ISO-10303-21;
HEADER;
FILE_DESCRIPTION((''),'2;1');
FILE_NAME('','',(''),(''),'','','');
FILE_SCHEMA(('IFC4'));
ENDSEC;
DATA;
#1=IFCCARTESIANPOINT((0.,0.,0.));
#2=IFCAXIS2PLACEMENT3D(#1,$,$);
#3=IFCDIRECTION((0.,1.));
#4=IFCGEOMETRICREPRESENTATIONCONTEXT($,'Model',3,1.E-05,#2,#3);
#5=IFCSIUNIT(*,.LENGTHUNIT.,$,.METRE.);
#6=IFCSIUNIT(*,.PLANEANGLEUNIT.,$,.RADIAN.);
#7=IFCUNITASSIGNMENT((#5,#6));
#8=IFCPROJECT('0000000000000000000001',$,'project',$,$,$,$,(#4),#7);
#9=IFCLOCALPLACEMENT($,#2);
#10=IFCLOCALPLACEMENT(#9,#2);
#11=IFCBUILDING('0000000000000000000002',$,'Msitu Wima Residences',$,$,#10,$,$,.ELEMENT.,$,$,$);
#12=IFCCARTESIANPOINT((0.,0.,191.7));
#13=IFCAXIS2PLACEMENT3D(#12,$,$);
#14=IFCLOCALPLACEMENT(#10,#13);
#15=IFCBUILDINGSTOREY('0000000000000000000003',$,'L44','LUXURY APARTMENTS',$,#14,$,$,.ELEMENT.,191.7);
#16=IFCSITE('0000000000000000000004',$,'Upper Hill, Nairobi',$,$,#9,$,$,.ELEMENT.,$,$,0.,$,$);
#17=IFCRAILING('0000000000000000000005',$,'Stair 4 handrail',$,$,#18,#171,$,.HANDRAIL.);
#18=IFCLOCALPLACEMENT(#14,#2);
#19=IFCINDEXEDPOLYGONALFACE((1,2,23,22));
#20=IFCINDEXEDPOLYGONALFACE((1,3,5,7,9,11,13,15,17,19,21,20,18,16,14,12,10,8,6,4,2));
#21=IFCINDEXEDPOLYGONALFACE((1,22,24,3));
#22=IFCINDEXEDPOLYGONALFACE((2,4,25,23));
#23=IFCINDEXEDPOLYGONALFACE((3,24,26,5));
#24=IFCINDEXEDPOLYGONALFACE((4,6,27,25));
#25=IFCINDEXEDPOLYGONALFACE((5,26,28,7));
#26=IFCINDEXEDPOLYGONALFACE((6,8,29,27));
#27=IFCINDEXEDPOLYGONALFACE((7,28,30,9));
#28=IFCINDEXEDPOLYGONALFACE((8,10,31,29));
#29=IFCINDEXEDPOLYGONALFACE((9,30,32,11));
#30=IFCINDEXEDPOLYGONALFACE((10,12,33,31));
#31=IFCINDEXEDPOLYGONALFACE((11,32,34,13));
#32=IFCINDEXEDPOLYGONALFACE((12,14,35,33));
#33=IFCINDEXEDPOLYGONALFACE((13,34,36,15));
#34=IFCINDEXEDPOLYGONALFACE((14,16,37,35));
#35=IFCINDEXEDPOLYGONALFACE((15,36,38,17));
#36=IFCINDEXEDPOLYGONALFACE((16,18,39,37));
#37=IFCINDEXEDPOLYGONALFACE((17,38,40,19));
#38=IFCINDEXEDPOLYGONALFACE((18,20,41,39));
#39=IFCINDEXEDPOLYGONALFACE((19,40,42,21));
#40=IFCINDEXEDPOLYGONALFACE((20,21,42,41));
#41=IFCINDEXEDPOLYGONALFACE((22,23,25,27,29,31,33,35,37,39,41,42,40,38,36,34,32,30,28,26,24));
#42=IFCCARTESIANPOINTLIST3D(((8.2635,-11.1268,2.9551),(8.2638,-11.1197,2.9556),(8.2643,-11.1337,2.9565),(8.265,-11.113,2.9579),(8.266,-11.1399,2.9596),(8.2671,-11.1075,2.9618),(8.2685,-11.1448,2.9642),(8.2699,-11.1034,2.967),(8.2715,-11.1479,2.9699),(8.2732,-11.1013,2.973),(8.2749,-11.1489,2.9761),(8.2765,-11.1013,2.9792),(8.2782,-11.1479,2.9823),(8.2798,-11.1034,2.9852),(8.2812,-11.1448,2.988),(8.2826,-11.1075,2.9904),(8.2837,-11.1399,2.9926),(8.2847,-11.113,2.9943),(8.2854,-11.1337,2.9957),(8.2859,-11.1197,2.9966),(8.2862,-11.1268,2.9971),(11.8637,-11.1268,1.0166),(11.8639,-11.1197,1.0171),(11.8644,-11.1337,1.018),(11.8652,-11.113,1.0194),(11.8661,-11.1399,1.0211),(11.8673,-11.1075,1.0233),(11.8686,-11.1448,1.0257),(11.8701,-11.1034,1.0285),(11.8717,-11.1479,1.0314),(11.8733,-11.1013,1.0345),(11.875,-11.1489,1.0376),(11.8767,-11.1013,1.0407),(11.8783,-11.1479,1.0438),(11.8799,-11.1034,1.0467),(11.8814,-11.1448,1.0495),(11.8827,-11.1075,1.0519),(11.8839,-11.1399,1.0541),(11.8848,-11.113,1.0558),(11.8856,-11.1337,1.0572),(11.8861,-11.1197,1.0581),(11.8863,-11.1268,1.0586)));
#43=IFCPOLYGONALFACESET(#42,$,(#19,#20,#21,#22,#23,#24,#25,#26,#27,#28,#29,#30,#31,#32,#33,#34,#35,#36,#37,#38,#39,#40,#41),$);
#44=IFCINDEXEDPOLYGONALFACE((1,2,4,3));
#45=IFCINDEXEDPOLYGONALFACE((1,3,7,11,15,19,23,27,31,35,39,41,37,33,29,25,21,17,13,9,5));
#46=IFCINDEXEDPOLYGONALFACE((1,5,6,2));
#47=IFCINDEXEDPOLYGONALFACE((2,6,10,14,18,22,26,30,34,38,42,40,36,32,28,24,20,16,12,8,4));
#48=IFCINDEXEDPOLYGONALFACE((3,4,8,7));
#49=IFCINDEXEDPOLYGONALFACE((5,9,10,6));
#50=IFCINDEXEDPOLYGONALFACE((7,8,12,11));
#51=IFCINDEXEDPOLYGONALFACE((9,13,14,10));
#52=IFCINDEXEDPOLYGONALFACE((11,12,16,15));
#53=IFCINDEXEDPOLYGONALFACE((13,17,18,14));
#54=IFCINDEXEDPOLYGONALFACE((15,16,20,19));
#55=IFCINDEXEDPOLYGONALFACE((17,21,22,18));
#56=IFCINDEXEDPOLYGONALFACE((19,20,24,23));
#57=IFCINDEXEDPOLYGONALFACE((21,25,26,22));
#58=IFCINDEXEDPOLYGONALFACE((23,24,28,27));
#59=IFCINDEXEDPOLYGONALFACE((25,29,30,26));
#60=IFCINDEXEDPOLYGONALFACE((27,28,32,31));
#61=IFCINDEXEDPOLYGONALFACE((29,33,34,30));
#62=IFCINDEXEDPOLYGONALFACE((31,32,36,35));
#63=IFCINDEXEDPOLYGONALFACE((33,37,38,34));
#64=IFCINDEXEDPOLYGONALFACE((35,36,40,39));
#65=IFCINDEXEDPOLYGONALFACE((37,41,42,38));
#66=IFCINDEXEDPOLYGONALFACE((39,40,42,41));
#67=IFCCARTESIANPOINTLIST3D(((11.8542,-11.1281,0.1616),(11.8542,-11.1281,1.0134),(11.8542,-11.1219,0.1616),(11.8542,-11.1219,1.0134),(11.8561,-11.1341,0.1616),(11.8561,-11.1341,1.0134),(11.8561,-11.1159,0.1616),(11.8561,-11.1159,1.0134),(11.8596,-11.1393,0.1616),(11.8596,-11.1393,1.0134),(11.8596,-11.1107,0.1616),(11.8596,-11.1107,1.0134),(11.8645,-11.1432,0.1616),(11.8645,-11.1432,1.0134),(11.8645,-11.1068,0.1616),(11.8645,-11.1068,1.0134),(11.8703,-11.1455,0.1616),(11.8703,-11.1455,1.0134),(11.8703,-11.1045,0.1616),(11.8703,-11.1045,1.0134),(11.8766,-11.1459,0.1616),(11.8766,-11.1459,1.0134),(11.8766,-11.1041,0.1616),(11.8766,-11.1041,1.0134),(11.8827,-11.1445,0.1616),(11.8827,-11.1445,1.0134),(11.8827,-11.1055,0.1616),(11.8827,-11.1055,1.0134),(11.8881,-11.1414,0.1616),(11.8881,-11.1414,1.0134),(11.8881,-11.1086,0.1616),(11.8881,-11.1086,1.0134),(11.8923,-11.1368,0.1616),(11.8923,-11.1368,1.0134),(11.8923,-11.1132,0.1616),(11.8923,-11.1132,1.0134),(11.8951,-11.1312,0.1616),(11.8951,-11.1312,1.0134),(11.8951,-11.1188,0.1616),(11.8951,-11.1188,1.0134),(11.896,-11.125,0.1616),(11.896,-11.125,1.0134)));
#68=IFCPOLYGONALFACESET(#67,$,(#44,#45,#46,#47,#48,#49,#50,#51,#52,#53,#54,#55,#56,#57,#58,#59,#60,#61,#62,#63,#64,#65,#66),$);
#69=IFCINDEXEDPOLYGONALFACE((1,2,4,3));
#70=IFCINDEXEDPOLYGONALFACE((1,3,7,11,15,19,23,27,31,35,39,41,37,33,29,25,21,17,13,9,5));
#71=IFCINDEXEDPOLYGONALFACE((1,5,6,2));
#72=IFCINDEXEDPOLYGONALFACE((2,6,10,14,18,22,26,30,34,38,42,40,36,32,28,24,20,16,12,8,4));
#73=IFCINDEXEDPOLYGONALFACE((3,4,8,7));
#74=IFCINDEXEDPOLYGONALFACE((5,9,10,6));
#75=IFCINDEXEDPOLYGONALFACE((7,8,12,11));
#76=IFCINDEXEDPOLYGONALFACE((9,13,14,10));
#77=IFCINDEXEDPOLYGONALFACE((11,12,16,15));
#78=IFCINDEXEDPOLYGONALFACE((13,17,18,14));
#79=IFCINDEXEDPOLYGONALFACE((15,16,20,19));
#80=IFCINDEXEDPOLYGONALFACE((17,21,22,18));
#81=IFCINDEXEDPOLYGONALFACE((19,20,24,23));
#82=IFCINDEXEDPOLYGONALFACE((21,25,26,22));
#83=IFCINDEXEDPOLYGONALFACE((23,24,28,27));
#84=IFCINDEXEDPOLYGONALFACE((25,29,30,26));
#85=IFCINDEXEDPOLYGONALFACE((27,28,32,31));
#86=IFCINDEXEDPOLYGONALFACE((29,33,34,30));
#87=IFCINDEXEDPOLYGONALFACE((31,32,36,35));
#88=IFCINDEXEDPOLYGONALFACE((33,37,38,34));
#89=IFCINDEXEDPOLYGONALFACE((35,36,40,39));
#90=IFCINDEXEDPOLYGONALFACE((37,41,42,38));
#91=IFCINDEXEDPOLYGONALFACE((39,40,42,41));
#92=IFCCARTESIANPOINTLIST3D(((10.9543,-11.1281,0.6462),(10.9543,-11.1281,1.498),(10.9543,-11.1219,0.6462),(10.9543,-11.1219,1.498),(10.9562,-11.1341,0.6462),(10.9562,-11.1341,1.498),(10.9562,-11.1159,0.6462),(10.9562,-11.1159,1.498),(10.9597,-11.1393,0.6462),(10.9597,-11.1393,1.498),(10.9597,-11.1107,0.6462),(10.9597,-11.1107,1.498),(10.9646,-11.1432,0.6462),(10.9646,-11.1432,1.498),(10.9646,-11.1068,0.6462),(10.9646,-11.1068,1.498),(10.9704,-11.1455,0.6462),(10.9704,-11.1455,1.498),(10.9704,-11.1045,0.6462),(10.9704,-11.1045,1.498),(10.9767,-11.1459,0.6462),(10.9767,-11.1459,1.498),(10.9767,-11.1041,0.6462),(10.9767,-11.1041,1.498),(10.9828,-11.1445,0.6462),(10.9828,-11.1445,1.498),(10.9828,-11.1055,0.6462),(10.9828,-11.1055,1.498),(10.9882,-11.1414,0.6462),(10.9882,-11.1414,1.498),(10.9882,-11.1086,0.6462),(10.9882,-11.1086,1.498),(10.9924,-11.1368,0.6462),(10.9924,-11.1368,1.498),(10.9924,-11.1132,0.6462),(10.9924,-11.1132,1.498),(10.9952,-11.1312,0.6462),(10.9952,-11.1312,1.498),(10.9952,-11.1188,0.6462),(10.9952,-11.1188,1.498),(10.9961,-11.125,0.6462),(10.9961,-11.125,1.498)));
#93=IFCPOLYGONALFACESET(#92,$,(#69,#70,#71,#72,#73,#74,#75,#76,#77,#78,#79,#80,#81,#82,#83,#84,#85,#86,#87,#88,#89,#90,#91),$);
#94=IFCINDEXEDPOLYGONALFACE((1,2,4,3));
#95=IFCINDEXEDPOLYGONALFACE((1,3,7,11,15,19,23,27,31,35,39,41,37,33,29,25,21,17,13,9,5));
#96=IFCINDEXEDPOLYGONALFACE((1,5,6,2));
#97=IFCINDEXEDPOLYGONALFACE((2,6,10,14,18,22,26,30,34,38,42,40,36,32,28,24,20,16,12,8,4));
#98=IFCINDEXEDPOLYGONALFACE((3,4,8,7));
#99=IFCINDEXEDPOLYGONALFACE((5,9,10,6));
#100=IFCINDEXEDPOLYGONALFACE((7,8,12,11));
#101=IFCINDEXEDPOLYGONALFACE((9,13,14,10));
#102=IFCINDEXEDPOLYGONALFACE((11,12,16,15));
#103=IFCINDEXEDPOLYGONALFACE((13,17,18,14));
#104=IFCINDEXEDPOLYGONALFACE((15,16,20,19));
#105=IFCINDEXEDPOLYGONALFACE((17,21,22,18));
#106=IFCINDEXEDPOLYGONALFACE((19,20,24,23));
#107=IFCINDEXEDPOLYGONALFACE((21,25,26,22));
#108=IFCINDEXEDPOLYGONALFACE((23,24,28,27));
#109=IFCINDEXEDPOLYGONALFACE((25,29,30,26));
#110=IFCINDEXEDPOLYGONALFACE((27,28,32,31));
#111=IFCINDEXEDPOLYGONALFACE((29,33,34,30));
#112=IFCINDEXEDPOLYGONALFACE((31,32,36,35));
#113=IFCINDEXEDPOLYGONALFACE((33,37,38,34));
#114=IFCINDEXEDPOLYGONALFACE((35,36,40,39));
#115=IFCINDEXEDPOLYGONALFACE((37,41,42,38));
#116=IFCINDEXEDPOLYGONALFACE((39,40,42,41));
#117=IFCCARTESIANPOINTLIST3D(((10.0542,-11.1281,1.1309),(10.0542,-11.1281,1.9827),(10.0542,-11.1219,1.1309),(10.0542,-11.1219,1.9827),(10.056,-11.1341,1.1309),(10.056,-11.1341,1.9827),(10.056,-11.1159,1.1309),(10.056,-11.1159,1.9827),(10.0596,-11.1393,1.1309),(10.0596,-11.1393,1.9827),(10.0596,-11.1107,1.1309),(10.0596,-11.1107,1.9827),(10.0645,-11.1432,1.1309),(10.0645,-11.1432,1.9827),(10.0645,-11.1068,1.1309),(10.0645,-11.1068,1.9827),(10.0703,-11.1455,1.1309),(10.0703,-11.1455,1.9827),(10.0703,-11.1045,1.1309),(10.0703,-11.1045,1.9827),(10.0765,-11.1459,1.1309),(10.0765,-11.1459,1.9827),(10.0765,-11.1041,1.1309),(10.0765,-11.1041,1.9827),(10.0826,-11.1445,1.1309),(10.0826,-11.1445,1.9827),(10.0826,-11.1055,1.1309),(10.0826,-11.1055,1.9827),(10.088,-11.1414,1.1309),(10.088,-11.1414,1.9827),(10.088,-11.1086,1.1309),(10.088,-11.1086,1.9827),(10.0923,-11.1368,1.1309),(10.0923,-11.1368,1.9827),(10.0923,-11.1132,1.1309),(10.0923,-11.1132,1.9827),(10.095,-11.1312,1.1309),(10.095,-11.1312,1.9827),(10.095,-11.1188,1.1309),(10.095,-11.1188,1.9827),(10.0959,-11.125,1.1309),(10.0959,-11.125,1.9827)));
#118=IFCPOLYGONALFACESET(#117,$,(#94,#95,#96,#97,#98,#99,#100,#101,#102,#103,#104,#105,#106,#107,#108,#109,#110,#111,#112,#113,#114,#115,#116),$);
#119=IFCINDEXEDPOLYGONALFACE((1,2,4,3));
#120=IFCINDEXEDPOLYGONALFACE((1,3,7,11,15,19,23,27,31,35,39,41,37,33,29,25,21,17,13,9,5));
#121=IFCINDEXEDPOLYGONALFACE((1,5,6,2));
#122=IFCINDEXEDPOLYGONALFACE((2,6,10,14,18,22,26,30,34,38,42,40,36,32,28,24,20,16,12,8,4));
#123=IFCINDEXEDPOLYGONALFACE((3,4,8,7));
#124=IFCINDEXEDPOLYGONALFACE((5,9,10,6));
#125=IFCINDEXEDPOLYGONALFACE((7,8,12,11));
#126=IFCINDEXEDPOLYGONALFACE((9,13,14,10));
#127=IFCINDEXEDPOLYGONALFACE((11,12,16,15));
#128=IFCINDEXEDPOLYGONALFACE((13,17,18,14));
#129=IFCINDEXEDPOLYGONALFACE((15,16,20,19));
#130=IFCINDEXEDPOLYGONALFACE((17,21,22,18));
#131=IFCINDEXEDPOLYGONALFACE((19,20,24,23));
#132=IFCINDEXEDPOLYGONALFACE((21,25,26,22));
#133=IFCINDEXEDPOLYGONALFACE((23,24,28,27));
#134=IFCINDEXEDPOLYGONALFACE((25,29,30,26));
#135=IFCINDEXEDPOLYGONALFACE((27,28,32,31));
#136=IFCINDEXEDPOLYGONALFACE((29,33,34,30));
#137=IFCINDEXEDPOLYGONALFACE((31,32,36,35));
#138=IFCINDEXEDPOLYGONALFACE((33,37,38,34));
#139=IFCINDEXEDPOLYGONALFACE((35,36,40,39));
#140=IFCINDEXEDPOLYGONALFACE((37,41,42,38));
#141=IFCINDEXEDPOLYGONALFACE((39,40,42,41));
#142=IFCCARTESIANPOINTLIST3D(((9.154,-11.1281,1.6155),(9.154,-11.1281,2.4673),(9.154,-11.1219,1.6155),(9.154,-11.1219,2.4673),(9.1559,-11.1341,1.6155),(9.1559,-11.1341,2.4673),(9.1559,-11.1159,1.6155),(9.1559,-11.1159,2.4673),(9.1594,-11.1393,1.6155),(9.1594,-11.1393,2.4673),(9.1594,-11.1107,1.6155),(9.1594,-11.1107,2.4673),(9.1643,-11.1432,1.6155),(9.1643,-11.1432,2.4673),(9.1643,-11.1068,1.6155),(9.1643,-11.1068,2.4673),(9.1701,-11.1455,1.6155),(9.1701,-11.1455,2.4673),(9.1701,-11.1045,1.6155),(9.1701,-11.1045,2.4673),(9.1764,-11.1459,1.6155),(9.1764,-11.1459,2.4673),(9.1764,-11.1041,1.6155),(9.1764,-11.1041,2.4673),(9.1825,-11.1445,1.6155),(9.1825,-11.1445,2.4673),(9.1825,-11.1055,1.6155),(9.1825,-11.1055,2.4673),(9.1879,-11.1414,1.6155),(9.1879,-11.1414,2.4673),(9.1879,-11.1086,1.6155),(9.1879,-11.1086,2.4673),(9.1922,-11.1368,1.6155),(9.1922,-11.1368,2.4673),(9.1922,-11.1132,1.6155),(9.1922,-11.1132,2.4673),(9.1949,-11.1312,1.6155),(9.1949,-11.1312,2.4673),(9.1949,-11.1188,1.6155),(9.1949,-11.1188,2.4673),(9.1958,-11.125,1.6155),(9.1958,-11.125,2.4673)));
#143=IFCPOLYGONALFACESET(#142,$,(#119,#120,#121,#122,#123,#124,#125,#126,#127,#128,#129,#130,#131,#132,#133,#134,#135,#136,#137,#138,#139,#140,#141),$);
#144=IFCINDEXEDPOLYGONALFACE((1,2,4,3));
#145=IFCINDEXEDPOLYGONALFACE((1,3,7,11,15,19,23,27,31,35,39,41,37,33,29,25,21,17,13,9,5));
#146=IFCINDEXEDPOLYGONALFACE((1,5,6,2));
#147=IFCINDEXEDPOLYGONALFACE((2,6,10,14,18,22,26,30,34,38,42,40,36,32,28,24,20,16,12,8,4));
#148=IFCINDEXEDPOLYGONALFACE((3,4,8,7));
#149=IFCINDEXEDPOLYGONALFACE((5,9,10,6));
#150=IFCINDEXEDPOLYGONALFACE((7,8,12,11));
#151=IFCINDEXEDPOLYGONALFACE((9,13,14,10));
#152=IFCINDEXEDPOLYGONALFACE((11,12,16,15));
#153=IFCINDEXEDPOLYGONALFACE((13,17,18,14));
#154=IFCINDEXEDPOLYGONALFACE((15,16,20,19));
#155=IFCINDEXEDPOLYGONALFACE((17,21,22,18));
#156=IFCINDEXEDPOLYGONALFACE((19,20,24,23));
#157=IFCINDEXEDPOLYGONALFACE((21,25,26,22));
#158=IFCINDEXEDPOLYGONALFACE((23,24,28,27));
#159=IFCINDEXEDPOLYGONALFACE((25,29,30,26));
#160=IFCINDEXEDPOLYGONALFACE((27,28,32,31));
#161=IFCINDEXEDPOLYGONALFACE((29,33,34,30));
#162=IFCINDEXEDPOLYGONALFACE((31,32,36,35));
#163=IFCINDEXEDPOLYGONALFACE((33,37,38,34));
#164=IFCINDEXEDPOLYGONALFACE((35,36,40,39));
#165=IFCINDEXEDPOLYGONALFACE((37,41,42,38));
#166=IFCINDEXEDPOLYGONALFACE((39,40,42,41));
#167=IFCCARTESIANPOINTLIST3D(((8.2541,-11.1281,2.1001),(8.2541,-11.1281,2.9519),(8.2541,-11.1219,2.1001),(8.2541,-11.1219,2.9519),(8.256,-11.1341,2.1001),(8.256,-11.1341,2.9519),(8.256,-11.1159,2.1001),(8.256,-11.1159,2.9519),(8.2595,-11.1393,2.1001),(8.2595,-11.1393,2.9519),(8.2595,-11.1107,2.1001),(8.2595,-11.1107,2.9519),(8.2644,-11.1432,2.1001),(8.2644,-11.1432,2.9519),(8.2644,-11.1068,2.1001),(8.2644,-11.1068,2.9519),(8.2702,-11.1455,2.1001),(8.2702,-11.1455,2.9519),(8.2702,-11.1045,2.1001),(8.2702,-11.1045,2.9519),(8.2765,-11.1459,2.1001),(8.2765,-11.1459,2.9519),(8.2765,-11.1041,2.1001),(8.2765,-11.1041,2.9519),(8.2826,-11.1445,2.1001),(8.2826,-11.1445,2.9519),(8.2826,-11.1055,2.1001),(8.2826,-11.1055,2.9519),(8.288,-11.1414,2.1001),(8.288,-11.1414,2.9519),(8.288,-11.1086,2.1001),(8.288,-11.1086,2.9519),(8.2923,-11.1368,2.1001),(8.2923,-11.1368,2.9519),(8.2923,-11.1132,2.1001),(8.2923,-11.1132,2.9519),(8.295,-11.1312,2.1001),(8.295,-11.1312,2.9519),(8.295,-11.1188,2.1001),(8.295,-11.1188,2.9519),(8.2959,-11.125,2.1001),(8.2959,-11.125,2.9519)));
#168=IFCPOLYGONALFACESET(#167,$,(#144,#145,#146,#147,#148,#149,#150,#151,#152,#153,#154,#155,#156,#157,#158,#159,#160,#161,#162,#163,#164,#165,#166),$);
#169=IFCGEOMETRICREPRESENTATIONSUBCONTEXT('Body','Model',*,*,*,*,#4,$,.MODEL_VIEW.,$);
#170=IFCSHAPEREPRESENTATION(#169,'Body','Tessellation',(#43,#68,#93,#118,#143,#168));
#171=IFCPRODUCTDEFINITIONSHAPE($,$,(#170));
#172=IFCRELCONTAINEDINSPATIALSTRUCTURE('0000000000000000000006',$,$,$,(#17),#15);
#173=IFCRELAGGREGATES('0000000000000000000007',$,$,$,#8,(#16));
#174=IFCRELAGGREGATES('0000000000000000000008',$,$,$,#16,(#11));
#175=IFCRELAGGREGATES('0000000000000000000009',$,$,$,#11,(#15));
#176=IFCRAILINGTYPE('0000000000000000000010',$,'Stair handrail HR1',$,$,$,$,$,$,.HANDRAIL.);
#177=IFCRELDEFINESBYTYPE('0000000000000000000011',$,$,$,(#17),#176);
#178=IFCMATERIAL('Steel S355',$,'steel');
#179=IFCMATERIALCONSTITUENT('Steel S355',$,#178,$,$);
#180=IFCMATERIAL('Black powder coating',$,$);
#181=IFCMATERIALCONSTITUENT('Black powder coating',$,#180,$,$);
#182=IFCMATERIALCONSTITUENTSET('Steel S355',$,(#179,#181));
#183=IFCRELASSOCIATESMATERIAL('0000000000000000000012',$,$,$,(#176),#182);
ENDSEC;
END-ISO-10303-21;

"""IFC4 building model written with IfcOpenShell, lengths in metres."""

from ifc_helpers import new_model, si_unit, direction, frame, origin, origin_2d, place, context, subcontext, project, spatial, circle, extrude, material, constituent, constituent_set, type_object, element, save


model = new_model("IFC4")

# Units and contexts
model_context = context("Model", 3, precision=1e-05, world=origin(), true_north=direction((0.0, 1.0)))
body_context = subcontext(model_context, "Body", "Model", "MODEL_VIEW")
ifc_project = project(units=[si_unit("LENGTHUNIT", "METRE"), si_unit("PLANEANGLEUNIT", "RADIAN")], contexts=[model_context])

# Site, building, storey
site_placement = place(None, origin())
site = spatial("IfcSite", under=ifc_project, at=site_placement, Name="Upper Hill, Nairobi", CompositionType="ELEMENT", RefElevation=0.0)
building_placement = place(site_placement, origin())
building = spatial("IfcBuilding", under=site, at=building_placement, Name="Msitu Wima Residences", CompositionType="ELEMENT")
storey_placement = place(building_placement, frame((0.0, 0.0, 191.7)))
storey = spatial("IfcBuildingStorey", under=building, at=storey_placement, Name="L44", Description="LUXURY APARTMENTS", CompositionType="ELEMENT", Elevation=191.7)

# Railing
ifc_material_1 = material(Name="Steel S355", Category="steel")
ifc_constituent_1 = constituent(ifc_material_1, Name="Steel S355")
ifc_material_2 = material(Name="Black powder coating")
ifc_constituent_2 = constituent(ifc_material_2, Name="Black powder coating")
ifc_constituent_set = constituent_set(constituents=[ifc_constituent_1, ifc_constituent_2], Name="Steel S355")
railing_type = type_object("IfcRailingType", Name="Stair handrail HR1", PredefinedType="HANDRAIL", material=ifc_constituent_set)
for number, where, name in (
    (1, (11.875, -11.125, 0.1616), "Stair 4 handrail"),
):
    element("IfcRailing", number, at=place(storey_placement, frame(where)), inside=storey, type_object=railing_type, Name=name, PredefinedType="HANDRAIL", context=body_context, shape_type="SweptSolid", body=[
        extrude(circle(Radius=0.0239, at=origin_2d()), frame((0.0, 0.0, 0.876), z_axis=(-0.880475, 0.0, 0.474093), x_axis=(0.0, -1.0, 0.0)), (0.0, 0.0, 1.0), 4.0889),
        extrude(circle(Radius=0.021, at=origin_2d()), origin(), (0.0, 0.0, 1.0), 0.8518),
        extrude(circle(Radius=0.021, at=origin_2d()), frame((-0.8999, 0.0, 0.4846)), (0.0, 0.0, 1.0), 0.8518),
        extrude(circle(Radius=0.021, at=origin_2d()), frame((-1.8, 0.0, 0.9692)), (0.0, 0.0, 1.0), 0.8518),
        extrude(circle(Radius=0.021, at=origin_2d()), frame((-2.7002, 0.0, 1.4539)), (0.0, 0.0, 1.0), 0.8518),
        extrude(circle(Radius=0.021, at=origin_2d()), frame((-3.6001, 0.0, 1.9385)), (0.0, 0.0, 1.0), 0.8518),
    ])

save(model, "model.ifc")
